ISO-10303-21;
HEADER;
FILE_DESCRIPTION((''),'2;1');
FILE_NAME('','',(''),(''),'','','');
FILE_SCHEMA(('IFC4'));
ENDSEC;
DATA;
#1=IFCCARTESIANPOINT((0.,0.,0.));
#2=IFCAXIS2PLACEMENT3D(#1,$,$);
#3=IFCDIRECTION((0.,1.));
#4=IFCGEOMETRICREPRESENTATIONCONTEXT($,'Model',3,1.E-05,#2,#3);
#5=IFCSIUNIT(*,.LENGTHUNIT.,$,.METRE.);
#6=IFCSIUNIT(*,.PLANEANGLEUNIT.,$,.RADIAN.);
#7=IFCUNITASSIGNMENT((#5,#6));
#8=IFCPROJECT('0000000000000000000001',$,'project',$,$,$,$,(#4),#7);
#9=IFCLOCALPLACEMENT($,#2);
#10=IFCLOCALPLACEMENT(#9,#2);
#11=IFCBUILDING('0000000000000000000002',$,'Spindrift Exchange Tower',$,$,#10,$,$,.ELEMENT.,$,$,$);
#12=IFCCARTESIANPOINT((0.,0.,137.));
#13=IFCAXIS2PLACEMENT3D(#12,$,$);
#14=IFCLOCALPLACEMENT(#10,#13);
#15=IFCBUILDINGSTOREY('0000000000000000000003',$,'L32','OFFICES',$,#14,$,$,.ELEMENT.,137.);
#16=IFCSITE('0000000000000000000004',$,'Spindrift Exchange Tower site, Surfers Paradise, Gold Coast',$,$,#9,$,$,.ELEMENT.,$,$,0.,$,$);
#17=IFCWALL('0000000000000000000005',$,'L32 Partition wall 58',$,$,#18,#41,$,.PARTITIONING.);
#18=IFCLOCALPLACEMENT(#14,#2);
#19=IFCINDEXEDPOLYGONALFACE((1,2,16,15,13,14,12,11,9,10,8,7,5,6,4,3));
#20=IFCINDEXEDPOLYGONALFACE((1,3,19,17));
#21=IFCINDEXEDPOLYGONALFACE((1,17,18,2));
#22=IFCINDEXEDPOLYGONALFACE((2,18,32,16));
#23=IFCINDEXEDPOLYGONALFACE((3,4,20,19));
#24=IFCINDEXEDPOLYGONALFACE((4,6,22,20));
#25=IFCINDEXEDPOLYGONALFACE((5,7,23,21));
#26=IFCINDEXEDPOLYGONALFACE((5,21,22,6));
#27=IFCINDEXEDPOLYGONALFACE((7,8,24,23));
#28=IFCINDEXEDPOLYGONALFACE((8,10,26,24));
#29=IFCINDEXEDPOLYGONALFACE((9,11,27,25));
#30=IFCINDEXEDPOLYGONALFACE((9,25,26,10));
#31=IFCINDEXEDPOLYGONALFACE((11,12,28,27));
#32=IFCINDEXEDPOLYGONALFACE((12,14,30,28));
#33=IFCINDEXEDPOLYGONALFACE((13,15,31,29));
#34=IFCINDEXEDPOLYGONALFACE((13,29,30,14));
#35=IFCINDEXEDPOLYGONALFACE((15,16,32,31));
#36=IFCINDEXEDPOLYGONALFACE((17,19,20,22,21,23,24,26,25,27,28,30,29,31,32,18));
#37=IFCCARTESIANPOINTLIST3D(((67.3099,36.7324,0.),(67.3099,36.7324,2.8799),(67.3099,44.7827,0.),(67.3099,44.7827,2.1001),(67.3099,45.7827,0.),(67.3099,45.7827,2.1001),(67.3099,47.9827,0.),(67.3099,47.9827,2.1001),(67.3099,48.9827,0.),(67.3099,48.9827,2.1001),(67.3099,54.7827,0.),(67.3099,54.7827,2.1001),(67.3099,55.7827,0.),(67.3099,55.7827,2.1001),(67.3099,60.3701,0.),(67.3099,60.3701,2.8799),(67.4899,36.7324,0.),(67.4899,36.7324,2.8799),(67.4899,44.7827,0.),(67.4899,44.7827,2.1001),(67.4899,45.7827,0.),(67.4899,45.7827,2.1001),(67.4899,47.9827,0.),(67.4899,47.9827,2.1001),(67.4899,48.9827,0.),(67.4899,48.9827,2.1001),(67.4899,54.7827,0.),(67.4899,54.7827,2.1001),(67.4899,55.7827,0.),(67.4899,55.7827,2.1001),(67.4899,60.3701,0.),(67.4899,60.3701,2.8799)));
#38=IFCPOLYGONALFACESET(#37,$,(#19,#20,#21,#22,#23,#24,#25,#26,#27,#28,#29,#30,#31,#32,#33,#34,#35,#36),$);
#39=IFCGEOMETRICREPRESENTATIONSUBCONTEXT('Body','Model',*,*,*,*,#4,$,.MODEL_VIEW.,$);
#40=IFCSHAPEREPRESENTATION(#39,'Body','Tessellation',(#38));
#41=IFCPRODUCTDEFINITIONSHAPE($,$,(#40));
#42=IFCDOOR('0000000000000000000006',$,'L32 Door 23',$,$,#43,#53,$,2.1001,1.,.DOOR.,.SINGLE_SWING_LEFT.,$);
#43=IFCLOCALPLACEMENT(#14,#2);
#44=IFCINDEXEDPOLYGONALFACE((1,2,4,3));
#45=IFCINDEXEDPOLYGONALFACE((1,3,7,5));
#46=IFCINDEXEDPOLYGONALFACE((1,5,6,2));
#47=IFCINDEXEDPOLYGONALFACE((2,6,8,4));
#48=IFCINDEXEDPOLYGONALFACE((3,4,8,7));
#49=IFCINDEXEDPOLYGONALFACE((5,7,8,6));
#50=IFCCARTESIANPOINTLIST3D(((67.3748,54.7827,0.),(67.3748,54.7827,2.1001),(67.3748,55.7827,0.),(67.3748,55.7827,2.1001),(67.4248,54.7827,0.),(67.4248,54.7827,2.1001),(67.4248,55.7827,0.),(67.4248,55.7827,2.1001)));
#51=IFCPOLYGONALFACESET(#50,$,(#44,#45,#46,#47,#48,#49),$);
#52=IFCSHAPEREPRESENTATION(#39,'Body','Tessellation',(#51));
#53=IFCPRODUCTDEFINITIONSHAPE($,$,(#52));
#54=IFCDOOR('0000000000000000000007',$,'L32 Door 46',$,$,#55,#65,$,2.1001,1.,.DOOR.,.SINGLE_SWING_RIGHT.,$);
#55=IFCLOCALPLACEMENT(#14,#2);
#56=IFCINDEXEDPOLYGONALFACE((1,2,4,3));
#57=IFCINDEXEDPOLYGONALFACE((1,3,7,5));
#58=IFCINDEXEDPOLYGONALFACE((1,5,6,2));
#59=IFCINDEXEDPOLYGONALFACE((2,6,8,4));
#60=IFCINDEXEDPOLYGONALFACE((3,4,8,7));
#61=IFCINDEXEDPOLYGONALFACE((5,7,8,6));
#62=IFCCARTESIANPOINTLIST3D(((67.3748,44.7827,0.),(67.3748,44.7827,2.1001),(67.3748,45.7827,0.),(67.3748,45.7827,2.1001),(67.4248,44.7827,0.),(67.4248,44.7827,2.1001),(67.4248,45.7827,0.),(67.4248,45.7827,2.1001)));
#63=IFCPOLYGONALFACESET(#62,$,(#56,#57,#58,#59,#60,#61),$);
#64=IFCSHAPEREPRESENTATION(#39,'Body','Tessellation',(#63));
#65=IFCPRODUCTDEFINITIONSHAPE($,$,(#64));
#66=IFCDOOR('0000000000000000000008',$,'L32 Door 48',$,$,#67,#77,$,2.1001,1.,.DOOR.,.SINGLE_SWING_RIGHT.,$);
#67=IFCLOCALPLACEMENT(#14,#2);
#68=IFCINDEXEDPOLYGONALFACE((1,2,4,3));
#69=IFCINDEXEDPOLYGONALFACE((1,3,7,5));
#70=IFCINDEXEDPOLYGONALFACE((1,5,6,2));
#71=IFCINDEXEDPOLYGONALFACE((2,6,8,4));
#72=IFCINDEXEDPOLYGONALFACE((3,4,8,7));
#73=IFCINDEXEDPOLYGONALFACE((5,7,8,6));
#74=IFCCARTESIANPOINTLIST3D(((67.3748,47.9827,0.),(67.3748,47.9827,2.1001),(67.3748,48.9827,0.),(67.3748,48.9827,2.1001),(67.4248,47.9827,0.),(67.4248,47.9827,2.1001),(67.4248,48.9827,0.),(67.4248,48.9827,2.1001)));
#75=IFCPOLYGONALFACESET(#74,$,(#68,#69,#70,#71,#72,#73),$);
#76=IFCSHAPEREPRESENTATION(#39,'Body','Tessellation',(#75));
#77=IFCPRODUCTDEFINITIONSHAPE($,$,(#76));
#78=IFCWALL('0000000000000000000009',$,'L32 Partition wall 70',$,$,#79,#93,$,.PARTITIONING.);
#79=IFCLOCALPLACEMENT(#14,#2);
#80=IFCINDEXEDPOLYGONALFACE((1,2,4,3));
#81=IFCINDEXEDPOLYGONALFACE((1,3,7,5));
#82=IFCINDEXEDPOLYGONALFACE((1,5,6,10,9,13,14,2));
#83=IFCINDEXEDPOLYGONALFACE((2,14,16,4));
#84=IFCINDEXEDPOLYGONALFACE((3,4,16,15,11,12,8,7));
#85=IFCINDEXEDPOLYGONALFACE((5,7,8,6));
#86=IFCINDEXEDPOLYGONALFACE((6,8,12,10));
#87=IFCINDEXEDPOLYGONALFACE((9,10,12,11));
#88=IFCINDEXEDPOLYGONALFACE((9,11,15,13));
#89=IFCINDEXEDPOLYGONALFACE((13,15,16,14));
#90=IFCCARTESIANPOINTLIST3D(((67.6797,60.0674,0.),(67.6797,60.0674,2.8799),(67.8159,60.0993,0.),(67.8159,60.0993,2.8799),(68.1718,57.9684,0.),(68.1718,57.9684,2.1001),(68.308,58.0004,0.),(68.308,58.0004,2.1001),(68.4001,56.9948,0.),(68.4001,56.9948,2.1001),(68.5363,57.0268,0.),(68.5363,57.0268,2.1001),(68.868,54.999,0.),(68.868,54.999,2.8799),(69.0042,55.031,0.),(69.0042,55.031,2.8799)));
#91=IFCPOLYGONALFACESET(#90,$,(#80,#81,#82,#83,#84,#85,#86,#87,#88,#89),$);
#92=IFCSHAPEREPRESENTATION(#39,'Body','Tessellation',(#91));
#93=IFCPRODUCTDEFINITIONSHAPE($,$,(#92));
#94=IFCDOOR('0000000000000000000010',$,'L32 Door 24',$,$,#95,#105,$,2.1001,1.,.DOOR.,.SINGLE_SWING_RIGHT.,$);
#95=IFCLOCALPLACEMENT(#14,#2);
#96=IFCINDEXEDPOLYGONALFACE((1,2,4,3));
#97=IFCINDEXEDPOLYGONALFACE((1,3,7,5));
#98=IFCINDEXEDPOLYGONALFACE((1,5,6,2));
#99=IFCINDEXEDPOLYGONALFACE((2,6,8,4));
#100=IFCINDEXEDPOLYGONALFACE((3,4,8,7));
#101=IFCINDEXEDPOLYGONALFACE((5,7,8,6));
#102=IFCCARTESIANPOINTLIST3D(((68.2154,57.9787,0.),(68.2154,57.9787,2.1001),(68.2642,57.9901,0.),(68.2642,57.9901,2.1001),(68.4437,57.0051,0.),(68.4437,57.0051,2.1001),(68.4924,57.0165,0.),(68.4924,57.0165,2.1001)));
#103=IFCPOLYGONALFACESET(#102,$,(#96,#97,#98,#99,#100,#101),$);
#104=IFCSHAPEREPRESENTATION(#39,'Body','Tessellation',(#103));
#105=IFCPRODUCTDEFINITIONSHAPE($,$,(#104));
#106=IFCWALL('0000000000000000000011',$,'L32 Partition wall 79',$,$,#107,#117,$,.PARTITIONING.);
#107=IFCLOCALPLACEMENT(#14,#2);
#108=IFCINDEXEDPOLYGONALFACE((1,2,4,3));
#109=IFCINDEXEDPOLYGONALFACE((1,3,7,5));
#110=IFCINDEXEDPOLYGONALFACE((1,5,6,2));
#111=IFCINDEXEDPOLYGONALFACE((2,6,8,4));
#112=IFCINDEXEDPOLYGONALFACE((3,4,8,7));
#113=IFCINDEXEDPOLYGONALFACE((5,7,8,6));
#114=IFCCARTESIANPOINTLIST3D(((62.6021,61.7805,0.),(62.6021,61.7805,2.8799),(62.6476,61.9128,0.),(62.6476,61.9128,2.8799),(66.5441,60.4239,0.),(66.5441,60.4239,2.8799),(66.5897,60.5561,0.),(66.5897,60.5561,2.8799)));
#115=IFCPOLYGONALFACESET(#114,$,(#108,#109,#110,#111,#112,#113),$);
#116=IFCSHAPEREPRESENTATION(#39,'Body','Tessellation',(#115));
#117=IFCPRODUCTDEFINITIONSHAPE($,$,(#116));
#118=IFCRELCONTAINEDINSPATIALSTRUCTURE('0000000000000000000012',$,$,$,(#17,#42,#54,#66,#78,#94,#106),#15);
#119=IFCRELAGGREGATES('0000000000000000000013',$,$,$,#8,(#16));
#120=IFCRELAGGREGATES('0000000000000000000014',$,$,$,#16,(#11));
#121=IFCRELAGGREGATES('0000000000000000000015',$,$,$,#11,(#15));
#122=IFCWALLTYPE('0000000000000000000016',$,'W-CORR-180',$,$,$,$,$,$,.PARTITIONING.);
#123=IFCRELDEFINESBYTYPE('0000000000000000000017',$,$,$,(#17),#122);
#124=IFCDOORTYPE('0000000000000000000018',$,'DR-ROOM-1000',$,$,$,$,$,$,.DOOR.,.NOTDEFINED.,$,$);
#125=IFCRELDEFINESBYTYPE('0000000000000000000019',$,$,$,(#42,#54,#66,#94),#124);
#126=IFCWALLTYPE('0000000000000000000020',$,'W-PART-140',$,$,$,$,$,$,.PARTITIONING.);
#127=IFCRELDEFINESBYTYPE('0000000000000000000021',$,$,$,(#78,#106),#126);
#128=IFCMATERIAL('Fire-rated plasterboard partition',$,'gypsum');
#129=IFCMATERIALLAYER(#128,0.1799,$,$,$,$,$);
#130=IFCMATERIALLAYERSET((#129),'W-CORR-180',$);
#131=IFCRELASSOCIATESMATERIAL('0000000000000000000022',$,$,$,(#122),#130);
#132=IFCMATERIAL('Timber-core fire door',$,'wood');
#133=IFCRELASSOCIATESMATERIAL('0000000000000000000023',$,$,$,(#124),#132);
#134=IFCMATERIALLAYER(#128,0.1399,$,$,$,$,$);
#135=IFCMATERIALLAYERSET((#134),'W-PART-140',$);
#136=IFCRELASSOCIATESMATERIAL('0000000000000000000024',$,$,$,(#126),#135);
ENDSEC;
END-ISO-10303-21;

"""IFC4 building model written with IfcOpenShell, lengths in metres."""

from ifc_helpers import new_model, si_unit, direction, frame, frame_2d, origin, place, context, subcontext, project, spatial, rectangle, extrude, source, transform, mapped, material, layer, layer_set, type_object, element, fill, save


model = new_model("IFC4")

# Units and contexts
model_context = context("Model", 3, precision=1e-05, world=origin(), true_north=direction((0.0, 1.0)))
body_context = subcontext(model_context, "Body", "Model", "MODEL_VIEW")
ifc_project = project(units=[si_unit("LENGTHUNIT", "METRE"), si_unit("PLANEANGLEUNIT", "RADIAN")], contexts=[model_context])

# Site, building, storey
site_placement = place(None, origin())
site = spatial("IfcSite", under=ifc_project, at=site_placement, Name="Spindrift Exchange Tower site, Surfers Paradise, Gold Coast", CompositionType="ELEMENT", RefElevation=0.0)
building_placement = place(site_placement, origin())
building = spatial("IfcBuilding", under=site, at=building_placement, Name="Spindrift Exchange Tower", CompositionType="ELEMENT")
storey_placement = place(building_placement, frame((0.0, 0.0, 137.0)))
storey = spatial("IfcBuildingStorey", under=building, at=storey_placement, Name="L32", Description="OFFICES", CompositionType="ELEMENT", Elevation=137.0)

# Wall, openings, doors
ifc_material_1 = material(Name="Fire-rated plasterboard partition", Category="gypsum")
ifc_layer_1 = layer(ifc_material_1, 0.1799)
ifc_layer_set_1 = layer_set([ifc_layer_1], Name="W-CORR-180")
wall_type_1 = type_object("IfcWallType", Name="W-CORR-180", PredefinedType="PARTITIONING", material=ifc_layer_set_1)
wall_1_placement = place(storey_placement, frame((67.3999, 60.3701, 0.0), z_axis=(0.0, 0.0, 1.0), x_axis=(0.0, -1.0, 0.0)))
wall_1 = element("IfcWall", 1, at=wall_1_placement, inside=storey, type_object=wall_type_1, Name="L32 Partition wall 58", PredefinedType="PARTITIONING", context=body_context, shape_type="SweptSolid", body=[
    extrude(rectangle(XDim=23.6377, YDim=0.1799, at=frame_2d((11.8188, 0.0))), origin(), (0.0, 0.0, 1.0), 2.8799),
])
opening_1_placement = place(wall_1_placement, frame((4.5874, 0.0, 0.0)))
opening_1 = element("IfcOpeningElement", 2, at=opening_1_placement, cuts=wall_1, PredefinedType="OPENING", context=body_context, shape_type="SweptSolid", body=[
    extrude(rectangle(XDim=1.0, YDim=2.1001, at=frame_2d((0.5, 1.05))), frame((0.0, 0.0999, 0.0), z_axis=(0.0, -1.0, 0.0), x_axis=(1.0, 0.0, 0.0)), (0.0, 0.0, 1.0), 0.2),
])
opening_2_placement = place(wall_1_placement, frame((14.5874, 0.0, 0.0)))
opening_2 = element("IfcOpeningElement", 3, at=opening_2_placement, cuts=wall_1, PredefinedType="OPENING", context=body_context, shape_type="SweptSolid", body=[
    extrude(rectangle(XDim=1.0, YDim=2.1001, at=frame_2d((0.5, 1.05))), frame((0.0, 0.0999, 0.0), z_axis=(0.0, -1.0, 0.0), x_axis=(1.0, 0.0, 0.0)), (0.0, 0.0, 1.0), 0.2),
])
opening_3_placement = place(wall_1_placement, frame((11.3875, 0.0, 0.0)))
opening_3 = element("IfcOpeningElement", 4, at=opening_3_placement, cuts=wall_1, PredefinedType="OPENING", context=body_context, shape_type="SweptSolid", body=[
    extrude(rectangle(XDim=1.0, YDim=2.1001, at=frame_2d((0.5, 1.05))), frame((0.0, 0.0999, 0.0), z_axis=(0.0, -1.0, 0.0), x_axis=(1.0, 0.0, 0.0)), (0.0, 0.0, 1.0), 0.2),
])
ifc_material_2 = material(Name="Timber-core fire door", Category="wood")
door_type = type_object("IfcDoorType", Name="DR-ROOM-1000", OperationType="NOTDEFINED", PredefinedType="DOOR", material=ifc_material_2)
shared_shape_1 = source(origin(), body_context, "Body", "SweptSolid", [
    extrude(rectangle(XDim=1.0, YDim=2.1001, at=frame_2d((0.5, 1.05))), frame((0.0, 0.0249, 0.0), z_axis=(0.0, -1.0, 0.0), x_axis=(1.0, 0.0, 0.0)), (0.0, 0.0, 1.0), 0.05),
])
door_1_placement = place(opening_1_placement, origin())
door_1 = element("IfcDoor", 5, at=door_1_placement, inside=storey, type_object=door_type, Name="L32 Door 23", OperationType="SINGLE_SWING_LEFT", OverallHeight=2.1001, OverallWidth=1.0, PredefinedType="DOOR", context=body_context, shape_type="MappedRepresentation", body=[
    mapped(shared_shape_1, transform((0.0, 0.0, 0.0), scale=1.0)),
])
fill(opening_1, door_1)
door_2_placement = place(opening_2_placement, origin())
door_2 = element("IfcDoor", 6, at=door_2_placement, inside=storey, type_object=door_type, Name="L32 Door 46", OperationType="SINGLE_SWING_RIGHT", OverallHeight=2.1001, OverallWidth=1.0, PredefinedType="DOOR", context=body_context, shape_type="MappedRepresentation", body=[
    mapped(shared_shape_1, transform((0.0, 0.0, 0.0), scale=1.0)),
])
fill(opening_2, door_2)
door_3_placement = place(opening_3_placement, origin())
door_3 = element("IfcDoor", 7, at=door_3_placement, inside=storey, type_object=door_type, Name="L32 Door 48", OperationType="SINGLE_SWING_RIGHT", OverallHeight=2.1001, OverallWidth=1.0, PredefinedType="DOOR", context=body_context, shape_type="MappedRepresentation", body=[
    mapped(shared_shape_1, transform((0.0, 0.0, 0.0), scale=1.0)),
])
fill(opening_3, door_3)

# Wall, opening, door
ifc_layer_2 = layer(ifc_material_1, 0.1399)
ifc_layer_set_2 = layer_set([ifc_layer_2], Name="W-PART-140")
wall_type_2 = type_object("IfcWallType", Name="W-PART-140", PredefinedType="PARTITIONING", material=ifc_layer_set_2)
wall_2_placement = place(storey_placement, frame((67.7478, 60.0835, 0.0), z_axis=(0.0, 0.0, 1.0), x_axis=(0.228252, -0.973602, 0.0)))
wall_2 = element("IfcWall", 8, at=wall_2_placement, inside=storey, type_object=wall_type_2, Name="L32 Partition wall 70", PredefinedType="PARTITIONING", context=body_context, shape_type="SweptSolid", body=[
    extrude(rectangle(XDim=5.2058, YDim=0.1399, at=frame_2d((2.603, 0.0))), origin(), (0.0, 0.0, 1.0), 2.8799),
])
opening_4_placement = place(wall_2_placement, frame((2.156, 0.0, 0.0)))
opening_4 = element("IfcOpeningElement", 9, at=opening_4_placement, cuts=wall_2, PredefinedType="OPENING", context=body_context, shape_type="SweptSolid", body=[
    extrude(rectangle(XDim=1.0, YDim=2.1001, at=frame_2d((0.5, 1.05))), frame((0.0, 0.0798, 0.0), z_axis=(0.0, -1.0, 0.0), x_axis=(1.0, 0.0, 0.0)), (0.0, 0.0, 1.0), 0.1599),
])
door_4_placement = place(opening_4_placement, origin())
door_4 = element("IfcDoor", 10, at=door_4_placement, inside=storey, type_object=door_type, Name="L32 Door 24", OperationType="SINGLE_SWING_RIGHT", OverallHeight=2.1001, OverallWidth=1.0, PredefinedType="DOOR", context=body_context, shape_type="MappedRepresentation", body=[
    mapped(shared_shape_1, transform((0.0, 0.0, 0.0), scale=1.0)),
])
fill(opening_4, door_4)

# Wall
wall_3_placement = place(storey_placement, frame((66.5669, 60.49, 0.0), z_axis=(0.0, 0.0, 1.0), x_axis=(-0.94557, 0.325419, 0.0)))
element("IfcWall", 11, at=wall_3_placement, inside=storey, type_object=wall_type_2, Name="L32 Partition wall 79", PredefinedType="PARTITIONING", context=body_context, shape_type="SweptSolid", body=[
    extrude(rectangle(XDim=4.1689, YDim=0.1399, at=frame_2d((2.0845, 0.0))), origin(), (0.0, 0.0, 1.0), 2.8799),
])

save(model, "model.ifc")
